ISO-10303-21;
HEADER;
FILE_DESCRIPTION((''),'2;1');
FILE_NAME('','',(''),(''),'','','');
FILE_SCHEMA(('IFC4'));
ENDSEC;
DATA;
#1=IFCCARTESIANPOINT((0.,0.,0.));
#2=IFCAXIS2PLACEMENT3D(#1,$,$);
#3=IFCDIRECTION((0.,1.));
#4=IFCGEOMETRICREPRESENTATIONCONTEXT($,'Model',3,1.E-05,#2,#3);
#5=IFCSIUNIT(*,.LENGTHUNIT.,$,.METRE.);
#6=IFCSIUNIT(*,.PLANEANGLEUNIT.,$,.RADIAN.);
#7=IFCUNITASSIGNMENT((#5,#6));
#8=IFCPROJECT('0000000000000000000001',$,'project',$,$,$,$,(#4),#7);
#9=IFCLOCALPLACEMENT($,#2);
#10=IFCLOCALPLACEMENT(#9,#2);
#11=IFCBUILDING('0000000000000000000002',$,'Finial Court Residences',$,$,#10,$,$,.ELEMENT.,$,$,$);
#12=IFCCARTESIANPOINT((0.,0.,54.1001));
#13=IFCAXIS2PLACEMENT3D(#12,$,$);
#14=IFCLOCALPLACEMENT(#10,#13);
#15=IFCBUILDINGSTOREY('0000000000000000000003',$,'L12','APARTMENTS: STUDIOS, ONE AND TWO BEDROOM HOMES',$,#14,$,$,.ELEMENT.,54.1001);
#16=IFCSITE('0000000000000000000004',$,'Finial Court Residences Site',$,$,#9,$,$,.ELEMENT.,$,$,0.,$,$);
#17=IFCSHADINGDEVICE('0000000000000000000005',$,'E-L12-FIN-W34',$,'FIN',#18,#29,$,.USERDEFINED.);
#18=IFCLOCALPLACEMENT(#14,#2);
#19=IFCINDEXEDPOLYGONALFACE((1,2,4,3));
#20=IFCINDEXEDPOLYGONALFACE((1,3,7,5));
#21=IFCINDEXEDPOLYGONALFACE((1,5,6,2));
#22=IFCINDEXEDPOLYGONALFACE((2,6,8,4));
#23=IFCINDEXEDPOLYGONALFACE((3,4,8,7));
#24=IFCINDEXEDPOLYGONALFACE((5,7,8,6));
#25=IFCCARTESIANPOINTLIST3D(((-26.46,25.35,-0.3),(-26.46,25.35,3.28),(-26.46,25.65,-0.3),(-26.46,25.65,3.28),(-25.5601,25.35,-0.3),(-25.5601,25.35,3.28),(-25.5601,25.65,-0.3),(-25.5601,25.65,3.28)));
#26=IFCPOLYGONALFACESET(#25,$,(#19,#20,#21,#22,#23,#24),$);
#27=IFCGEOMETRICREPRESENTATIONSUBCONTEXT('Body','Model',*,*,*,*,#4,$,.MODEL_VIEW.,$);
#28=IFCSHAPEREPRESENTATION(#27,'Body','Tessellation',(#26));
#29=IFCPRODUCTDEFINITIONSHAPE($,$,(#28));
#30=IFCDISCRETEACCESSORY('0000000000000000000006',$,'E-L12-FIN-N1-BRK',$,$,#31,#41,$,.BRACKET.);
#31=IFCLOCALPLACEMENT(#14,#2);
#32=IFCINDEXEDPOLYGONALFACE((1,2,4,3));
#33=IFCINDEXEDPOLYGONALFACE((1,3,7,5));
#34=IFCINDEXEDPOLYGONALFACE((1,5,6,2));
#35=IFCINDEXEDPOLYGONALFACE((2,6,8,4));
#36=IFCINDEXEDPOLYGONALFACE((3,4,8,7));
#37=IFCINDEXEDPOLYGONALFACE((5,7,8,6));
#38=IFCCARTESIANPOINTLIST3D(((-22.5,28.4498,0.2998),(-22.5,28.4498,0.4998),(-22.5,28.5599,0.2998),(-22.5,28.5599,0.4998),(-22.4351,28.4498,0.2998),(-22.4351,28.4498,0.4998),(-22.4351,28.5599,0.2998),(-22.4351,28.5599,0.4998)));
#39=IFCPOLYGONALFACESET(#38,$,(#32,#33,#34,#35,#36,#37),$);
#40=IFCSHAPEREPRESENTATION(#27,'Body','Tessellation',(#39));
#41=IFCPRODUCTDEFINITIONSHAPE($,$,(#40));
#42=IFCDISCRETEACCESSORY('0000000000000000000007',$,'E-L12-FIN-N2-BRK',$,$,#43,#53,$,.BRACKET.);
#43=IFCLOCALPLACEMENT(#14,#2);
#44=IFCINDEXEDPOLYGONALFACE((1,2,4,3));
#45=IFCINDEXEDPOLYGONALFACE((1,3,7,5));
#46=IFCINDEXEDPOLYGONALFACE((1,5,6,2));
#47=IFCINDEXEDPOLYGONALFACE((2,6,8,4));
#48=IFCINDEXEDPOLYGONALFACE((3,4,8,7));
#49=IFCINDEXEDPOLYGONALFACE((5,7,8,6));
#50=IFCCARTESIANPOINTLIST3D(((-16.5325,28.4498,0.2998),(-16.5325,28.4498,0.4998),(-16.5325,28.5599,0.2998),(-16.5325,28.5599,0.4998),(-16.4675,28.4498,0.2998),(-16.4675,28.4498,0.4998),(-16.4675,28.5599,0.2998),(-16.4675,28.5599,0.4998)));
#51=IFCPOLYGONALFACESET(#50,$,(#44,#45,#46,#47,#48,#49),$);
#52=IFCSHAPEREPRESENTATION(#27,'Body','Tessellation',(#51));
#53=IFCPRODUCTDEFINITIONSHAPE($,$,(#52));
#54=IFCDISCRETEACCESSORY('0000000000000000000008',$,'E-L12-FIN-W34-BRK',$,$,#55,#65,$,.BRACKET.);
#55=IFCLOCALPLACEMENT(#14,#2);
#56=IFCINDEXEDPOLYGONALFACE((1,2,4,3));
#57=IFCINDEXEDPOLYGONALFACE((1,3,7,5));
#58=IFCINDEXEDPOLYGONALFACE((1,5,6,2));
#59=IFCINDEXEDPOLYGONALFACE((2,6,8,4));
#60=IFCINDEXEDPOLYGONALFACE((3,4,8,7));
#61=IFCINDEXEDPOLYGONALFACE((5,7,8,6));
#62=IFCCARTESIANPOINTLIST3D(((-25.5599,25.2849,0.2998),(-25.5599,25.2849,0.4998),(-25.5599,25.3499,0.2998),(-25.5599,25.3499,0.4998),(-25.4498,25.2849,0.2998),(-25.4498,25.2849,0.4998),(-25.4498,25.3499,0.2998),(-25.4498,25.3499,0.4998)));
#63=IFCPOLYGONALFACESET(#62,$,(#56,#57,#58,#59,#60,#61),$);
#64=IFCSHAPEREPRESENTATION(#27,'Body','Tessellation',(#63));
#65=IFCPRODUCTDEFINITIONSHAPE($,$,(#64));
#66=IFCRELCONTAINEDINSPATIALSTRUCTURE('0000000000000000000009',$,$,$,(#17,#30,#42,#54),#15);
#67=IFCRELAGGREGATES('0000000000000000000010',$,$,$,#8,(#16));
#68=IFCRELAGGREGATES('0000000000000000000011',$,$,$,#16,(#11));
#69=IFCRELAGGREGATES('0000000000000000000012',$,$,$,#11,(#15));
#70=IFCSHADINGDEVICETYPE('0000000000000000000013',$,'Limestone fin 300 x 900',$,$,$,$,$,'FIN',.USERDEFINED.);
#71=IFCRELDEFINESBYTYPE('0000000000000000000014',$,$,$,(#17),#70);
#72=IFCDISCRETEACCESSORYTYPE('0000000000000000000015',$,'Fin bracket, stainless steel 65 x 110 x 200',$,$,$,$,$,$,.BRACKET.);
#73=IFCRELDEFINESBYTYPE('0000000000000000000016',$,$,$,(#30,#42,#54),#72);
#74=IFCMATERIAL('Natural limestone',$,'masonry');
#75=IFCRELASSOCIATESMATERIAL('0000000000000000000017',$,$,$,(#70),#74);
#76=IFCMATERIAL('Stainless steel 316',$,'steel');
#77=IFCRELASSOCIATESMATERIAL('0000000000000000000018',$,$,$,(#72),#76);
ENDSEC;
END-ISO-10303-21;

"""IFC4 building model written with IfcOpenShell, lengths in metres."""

from ifc_helpers import new_model, si_unit, direction, frame, origin, origin_2d, place, context, subcontext, project, spatial, rectangle, extrude, material, type_object, element, save


model = new_model("IFC4")

# Units and contexts
model_context = context("Model", 3, precision=1e-05, world=origin(), true_north=direction((0.0, 1.0)))
body_context = subcontext(model_context, "Body", "Model", "MODEL_VIEW")
ifc_project = project(units=[si_unit("LENGTHUNIT", "METRE"), si_unit("PLANEANGLEUNIT", "RADIAN")], contexts=[model_context])

# Site, building, storey
site_placement = place(None, origin())
site = spatial("IfcSite", under=ifc_project, at=site_placement, Name="Finial Court Residences Site", CompositionType="ELEMENT", RefElevation=0.0)
building_placement = place(site_placement, origin())
building = spatial("IfcBuilding", under=site, at=building_placement, Name="Finial Court Residences", CompositionType="ELEMENT")
storey_placement = place(building_placement, frame((0.0, 0.0, 54.1001)))
storey = spatial("IfcBuildingStorey", under=building, at=storey_placement, Name="L12", Description="APARTMENTS: STUDIOS, ONE AND TWO BEDROOM HOMES", CompositionType="ELEMENT", Elevation=54.1001)

# Shared definitions
ifc_material_1 = material(Name="Natural limestone", Category="masonry")

# Shading device
shading_device_type = type_object("IfcShadingDeviceType", Name="Limestone fin 300 x 900", ElementType="FIN", PredefinedType="USERDEFINED", material=ifc_material_1)
shading_device_placement = place(storey_placement, frame((-26.01, 25.5, -0.3), z_axis=(0.0, 0.0, 1.0), x_axis=(1.0, 0.0, 0.0)))
element("IfcShadingDevice", 1, at=shading_device_placement, inside=storey, type_object=shading_device_type, Name="E-L12-FIN-W34", ObjectType="FIN", PredefinedType="USERDEFINED", context=body_context, shape_type="SweptSolid", body=[
    extrude(rectangle(XDim=0.8999, YDim=0.3, at=origin_2d()), origin(), (0.0, 0.0, 1.0), 3.5801),
])

# Discrete accessories
ifc_material_2 = material(Name="Stainless steel 316", Category="steel")
discrete_accessory_type = type_object("IfcDiscreteAccessoryType", Name="Fin bracket, stainless steel 65 x 110 x 200", PredefinedType="BRACKET", material=ifc_material_2)
for number, where, z_axis, x_axis, name in (
    (2, (-22.4675, 28.5049, 0.2998), (0.0, 0.0, 1.0), (1.0, 0.0, 0.0), "E-L12-FIN-N1-BRK"),
    (3, (-16.5, 28.5049, 0.2998), (0.0, 0.0, 1.0), (1.0, 0.0, 0.0), "E-L12-FIN-N2-BRK"),
):
    element("IfcDiscreteAccessory", number, at=place(storey_placement, frame(where, z_axis=z_axis, x_axis=x_axis)), inside=storey, type_object=discrete_accessory_type, Name=name, PredefinedType="BRACKET", context=body_context, shape_type="SweptSolid", body=[
        extrude(rectangle(XDim=0.0649, YDim=0.1101, at=origin_2d()), origin(), (0.0, 0.0, 1.0), 0.2),
    ])
discrete_accessory_placement = place(storey_placement, frame((-25.5049, 25.3174, 0.2998), z_axis=(0.0, 0.0, 1.0), x_axis=(1.0, 0.0, 0.0)))
element("IfcDiscreteAccessory", 4, at=discrete_accessory_placement, inside=storey, type_object=discrete_accessory_type, Name="E-L12-FIN-W34-BRK", PredefinedType="BRACKET", context=body_context, shape_type="SweptSolid", body=[
    extrude(rectangle(XDim=0.1101, YDim=0.0649, at=origin_2d()), origin(), (0.0, 0.0, 1.0), 0.2),
])

save(model, "model.ifc")
